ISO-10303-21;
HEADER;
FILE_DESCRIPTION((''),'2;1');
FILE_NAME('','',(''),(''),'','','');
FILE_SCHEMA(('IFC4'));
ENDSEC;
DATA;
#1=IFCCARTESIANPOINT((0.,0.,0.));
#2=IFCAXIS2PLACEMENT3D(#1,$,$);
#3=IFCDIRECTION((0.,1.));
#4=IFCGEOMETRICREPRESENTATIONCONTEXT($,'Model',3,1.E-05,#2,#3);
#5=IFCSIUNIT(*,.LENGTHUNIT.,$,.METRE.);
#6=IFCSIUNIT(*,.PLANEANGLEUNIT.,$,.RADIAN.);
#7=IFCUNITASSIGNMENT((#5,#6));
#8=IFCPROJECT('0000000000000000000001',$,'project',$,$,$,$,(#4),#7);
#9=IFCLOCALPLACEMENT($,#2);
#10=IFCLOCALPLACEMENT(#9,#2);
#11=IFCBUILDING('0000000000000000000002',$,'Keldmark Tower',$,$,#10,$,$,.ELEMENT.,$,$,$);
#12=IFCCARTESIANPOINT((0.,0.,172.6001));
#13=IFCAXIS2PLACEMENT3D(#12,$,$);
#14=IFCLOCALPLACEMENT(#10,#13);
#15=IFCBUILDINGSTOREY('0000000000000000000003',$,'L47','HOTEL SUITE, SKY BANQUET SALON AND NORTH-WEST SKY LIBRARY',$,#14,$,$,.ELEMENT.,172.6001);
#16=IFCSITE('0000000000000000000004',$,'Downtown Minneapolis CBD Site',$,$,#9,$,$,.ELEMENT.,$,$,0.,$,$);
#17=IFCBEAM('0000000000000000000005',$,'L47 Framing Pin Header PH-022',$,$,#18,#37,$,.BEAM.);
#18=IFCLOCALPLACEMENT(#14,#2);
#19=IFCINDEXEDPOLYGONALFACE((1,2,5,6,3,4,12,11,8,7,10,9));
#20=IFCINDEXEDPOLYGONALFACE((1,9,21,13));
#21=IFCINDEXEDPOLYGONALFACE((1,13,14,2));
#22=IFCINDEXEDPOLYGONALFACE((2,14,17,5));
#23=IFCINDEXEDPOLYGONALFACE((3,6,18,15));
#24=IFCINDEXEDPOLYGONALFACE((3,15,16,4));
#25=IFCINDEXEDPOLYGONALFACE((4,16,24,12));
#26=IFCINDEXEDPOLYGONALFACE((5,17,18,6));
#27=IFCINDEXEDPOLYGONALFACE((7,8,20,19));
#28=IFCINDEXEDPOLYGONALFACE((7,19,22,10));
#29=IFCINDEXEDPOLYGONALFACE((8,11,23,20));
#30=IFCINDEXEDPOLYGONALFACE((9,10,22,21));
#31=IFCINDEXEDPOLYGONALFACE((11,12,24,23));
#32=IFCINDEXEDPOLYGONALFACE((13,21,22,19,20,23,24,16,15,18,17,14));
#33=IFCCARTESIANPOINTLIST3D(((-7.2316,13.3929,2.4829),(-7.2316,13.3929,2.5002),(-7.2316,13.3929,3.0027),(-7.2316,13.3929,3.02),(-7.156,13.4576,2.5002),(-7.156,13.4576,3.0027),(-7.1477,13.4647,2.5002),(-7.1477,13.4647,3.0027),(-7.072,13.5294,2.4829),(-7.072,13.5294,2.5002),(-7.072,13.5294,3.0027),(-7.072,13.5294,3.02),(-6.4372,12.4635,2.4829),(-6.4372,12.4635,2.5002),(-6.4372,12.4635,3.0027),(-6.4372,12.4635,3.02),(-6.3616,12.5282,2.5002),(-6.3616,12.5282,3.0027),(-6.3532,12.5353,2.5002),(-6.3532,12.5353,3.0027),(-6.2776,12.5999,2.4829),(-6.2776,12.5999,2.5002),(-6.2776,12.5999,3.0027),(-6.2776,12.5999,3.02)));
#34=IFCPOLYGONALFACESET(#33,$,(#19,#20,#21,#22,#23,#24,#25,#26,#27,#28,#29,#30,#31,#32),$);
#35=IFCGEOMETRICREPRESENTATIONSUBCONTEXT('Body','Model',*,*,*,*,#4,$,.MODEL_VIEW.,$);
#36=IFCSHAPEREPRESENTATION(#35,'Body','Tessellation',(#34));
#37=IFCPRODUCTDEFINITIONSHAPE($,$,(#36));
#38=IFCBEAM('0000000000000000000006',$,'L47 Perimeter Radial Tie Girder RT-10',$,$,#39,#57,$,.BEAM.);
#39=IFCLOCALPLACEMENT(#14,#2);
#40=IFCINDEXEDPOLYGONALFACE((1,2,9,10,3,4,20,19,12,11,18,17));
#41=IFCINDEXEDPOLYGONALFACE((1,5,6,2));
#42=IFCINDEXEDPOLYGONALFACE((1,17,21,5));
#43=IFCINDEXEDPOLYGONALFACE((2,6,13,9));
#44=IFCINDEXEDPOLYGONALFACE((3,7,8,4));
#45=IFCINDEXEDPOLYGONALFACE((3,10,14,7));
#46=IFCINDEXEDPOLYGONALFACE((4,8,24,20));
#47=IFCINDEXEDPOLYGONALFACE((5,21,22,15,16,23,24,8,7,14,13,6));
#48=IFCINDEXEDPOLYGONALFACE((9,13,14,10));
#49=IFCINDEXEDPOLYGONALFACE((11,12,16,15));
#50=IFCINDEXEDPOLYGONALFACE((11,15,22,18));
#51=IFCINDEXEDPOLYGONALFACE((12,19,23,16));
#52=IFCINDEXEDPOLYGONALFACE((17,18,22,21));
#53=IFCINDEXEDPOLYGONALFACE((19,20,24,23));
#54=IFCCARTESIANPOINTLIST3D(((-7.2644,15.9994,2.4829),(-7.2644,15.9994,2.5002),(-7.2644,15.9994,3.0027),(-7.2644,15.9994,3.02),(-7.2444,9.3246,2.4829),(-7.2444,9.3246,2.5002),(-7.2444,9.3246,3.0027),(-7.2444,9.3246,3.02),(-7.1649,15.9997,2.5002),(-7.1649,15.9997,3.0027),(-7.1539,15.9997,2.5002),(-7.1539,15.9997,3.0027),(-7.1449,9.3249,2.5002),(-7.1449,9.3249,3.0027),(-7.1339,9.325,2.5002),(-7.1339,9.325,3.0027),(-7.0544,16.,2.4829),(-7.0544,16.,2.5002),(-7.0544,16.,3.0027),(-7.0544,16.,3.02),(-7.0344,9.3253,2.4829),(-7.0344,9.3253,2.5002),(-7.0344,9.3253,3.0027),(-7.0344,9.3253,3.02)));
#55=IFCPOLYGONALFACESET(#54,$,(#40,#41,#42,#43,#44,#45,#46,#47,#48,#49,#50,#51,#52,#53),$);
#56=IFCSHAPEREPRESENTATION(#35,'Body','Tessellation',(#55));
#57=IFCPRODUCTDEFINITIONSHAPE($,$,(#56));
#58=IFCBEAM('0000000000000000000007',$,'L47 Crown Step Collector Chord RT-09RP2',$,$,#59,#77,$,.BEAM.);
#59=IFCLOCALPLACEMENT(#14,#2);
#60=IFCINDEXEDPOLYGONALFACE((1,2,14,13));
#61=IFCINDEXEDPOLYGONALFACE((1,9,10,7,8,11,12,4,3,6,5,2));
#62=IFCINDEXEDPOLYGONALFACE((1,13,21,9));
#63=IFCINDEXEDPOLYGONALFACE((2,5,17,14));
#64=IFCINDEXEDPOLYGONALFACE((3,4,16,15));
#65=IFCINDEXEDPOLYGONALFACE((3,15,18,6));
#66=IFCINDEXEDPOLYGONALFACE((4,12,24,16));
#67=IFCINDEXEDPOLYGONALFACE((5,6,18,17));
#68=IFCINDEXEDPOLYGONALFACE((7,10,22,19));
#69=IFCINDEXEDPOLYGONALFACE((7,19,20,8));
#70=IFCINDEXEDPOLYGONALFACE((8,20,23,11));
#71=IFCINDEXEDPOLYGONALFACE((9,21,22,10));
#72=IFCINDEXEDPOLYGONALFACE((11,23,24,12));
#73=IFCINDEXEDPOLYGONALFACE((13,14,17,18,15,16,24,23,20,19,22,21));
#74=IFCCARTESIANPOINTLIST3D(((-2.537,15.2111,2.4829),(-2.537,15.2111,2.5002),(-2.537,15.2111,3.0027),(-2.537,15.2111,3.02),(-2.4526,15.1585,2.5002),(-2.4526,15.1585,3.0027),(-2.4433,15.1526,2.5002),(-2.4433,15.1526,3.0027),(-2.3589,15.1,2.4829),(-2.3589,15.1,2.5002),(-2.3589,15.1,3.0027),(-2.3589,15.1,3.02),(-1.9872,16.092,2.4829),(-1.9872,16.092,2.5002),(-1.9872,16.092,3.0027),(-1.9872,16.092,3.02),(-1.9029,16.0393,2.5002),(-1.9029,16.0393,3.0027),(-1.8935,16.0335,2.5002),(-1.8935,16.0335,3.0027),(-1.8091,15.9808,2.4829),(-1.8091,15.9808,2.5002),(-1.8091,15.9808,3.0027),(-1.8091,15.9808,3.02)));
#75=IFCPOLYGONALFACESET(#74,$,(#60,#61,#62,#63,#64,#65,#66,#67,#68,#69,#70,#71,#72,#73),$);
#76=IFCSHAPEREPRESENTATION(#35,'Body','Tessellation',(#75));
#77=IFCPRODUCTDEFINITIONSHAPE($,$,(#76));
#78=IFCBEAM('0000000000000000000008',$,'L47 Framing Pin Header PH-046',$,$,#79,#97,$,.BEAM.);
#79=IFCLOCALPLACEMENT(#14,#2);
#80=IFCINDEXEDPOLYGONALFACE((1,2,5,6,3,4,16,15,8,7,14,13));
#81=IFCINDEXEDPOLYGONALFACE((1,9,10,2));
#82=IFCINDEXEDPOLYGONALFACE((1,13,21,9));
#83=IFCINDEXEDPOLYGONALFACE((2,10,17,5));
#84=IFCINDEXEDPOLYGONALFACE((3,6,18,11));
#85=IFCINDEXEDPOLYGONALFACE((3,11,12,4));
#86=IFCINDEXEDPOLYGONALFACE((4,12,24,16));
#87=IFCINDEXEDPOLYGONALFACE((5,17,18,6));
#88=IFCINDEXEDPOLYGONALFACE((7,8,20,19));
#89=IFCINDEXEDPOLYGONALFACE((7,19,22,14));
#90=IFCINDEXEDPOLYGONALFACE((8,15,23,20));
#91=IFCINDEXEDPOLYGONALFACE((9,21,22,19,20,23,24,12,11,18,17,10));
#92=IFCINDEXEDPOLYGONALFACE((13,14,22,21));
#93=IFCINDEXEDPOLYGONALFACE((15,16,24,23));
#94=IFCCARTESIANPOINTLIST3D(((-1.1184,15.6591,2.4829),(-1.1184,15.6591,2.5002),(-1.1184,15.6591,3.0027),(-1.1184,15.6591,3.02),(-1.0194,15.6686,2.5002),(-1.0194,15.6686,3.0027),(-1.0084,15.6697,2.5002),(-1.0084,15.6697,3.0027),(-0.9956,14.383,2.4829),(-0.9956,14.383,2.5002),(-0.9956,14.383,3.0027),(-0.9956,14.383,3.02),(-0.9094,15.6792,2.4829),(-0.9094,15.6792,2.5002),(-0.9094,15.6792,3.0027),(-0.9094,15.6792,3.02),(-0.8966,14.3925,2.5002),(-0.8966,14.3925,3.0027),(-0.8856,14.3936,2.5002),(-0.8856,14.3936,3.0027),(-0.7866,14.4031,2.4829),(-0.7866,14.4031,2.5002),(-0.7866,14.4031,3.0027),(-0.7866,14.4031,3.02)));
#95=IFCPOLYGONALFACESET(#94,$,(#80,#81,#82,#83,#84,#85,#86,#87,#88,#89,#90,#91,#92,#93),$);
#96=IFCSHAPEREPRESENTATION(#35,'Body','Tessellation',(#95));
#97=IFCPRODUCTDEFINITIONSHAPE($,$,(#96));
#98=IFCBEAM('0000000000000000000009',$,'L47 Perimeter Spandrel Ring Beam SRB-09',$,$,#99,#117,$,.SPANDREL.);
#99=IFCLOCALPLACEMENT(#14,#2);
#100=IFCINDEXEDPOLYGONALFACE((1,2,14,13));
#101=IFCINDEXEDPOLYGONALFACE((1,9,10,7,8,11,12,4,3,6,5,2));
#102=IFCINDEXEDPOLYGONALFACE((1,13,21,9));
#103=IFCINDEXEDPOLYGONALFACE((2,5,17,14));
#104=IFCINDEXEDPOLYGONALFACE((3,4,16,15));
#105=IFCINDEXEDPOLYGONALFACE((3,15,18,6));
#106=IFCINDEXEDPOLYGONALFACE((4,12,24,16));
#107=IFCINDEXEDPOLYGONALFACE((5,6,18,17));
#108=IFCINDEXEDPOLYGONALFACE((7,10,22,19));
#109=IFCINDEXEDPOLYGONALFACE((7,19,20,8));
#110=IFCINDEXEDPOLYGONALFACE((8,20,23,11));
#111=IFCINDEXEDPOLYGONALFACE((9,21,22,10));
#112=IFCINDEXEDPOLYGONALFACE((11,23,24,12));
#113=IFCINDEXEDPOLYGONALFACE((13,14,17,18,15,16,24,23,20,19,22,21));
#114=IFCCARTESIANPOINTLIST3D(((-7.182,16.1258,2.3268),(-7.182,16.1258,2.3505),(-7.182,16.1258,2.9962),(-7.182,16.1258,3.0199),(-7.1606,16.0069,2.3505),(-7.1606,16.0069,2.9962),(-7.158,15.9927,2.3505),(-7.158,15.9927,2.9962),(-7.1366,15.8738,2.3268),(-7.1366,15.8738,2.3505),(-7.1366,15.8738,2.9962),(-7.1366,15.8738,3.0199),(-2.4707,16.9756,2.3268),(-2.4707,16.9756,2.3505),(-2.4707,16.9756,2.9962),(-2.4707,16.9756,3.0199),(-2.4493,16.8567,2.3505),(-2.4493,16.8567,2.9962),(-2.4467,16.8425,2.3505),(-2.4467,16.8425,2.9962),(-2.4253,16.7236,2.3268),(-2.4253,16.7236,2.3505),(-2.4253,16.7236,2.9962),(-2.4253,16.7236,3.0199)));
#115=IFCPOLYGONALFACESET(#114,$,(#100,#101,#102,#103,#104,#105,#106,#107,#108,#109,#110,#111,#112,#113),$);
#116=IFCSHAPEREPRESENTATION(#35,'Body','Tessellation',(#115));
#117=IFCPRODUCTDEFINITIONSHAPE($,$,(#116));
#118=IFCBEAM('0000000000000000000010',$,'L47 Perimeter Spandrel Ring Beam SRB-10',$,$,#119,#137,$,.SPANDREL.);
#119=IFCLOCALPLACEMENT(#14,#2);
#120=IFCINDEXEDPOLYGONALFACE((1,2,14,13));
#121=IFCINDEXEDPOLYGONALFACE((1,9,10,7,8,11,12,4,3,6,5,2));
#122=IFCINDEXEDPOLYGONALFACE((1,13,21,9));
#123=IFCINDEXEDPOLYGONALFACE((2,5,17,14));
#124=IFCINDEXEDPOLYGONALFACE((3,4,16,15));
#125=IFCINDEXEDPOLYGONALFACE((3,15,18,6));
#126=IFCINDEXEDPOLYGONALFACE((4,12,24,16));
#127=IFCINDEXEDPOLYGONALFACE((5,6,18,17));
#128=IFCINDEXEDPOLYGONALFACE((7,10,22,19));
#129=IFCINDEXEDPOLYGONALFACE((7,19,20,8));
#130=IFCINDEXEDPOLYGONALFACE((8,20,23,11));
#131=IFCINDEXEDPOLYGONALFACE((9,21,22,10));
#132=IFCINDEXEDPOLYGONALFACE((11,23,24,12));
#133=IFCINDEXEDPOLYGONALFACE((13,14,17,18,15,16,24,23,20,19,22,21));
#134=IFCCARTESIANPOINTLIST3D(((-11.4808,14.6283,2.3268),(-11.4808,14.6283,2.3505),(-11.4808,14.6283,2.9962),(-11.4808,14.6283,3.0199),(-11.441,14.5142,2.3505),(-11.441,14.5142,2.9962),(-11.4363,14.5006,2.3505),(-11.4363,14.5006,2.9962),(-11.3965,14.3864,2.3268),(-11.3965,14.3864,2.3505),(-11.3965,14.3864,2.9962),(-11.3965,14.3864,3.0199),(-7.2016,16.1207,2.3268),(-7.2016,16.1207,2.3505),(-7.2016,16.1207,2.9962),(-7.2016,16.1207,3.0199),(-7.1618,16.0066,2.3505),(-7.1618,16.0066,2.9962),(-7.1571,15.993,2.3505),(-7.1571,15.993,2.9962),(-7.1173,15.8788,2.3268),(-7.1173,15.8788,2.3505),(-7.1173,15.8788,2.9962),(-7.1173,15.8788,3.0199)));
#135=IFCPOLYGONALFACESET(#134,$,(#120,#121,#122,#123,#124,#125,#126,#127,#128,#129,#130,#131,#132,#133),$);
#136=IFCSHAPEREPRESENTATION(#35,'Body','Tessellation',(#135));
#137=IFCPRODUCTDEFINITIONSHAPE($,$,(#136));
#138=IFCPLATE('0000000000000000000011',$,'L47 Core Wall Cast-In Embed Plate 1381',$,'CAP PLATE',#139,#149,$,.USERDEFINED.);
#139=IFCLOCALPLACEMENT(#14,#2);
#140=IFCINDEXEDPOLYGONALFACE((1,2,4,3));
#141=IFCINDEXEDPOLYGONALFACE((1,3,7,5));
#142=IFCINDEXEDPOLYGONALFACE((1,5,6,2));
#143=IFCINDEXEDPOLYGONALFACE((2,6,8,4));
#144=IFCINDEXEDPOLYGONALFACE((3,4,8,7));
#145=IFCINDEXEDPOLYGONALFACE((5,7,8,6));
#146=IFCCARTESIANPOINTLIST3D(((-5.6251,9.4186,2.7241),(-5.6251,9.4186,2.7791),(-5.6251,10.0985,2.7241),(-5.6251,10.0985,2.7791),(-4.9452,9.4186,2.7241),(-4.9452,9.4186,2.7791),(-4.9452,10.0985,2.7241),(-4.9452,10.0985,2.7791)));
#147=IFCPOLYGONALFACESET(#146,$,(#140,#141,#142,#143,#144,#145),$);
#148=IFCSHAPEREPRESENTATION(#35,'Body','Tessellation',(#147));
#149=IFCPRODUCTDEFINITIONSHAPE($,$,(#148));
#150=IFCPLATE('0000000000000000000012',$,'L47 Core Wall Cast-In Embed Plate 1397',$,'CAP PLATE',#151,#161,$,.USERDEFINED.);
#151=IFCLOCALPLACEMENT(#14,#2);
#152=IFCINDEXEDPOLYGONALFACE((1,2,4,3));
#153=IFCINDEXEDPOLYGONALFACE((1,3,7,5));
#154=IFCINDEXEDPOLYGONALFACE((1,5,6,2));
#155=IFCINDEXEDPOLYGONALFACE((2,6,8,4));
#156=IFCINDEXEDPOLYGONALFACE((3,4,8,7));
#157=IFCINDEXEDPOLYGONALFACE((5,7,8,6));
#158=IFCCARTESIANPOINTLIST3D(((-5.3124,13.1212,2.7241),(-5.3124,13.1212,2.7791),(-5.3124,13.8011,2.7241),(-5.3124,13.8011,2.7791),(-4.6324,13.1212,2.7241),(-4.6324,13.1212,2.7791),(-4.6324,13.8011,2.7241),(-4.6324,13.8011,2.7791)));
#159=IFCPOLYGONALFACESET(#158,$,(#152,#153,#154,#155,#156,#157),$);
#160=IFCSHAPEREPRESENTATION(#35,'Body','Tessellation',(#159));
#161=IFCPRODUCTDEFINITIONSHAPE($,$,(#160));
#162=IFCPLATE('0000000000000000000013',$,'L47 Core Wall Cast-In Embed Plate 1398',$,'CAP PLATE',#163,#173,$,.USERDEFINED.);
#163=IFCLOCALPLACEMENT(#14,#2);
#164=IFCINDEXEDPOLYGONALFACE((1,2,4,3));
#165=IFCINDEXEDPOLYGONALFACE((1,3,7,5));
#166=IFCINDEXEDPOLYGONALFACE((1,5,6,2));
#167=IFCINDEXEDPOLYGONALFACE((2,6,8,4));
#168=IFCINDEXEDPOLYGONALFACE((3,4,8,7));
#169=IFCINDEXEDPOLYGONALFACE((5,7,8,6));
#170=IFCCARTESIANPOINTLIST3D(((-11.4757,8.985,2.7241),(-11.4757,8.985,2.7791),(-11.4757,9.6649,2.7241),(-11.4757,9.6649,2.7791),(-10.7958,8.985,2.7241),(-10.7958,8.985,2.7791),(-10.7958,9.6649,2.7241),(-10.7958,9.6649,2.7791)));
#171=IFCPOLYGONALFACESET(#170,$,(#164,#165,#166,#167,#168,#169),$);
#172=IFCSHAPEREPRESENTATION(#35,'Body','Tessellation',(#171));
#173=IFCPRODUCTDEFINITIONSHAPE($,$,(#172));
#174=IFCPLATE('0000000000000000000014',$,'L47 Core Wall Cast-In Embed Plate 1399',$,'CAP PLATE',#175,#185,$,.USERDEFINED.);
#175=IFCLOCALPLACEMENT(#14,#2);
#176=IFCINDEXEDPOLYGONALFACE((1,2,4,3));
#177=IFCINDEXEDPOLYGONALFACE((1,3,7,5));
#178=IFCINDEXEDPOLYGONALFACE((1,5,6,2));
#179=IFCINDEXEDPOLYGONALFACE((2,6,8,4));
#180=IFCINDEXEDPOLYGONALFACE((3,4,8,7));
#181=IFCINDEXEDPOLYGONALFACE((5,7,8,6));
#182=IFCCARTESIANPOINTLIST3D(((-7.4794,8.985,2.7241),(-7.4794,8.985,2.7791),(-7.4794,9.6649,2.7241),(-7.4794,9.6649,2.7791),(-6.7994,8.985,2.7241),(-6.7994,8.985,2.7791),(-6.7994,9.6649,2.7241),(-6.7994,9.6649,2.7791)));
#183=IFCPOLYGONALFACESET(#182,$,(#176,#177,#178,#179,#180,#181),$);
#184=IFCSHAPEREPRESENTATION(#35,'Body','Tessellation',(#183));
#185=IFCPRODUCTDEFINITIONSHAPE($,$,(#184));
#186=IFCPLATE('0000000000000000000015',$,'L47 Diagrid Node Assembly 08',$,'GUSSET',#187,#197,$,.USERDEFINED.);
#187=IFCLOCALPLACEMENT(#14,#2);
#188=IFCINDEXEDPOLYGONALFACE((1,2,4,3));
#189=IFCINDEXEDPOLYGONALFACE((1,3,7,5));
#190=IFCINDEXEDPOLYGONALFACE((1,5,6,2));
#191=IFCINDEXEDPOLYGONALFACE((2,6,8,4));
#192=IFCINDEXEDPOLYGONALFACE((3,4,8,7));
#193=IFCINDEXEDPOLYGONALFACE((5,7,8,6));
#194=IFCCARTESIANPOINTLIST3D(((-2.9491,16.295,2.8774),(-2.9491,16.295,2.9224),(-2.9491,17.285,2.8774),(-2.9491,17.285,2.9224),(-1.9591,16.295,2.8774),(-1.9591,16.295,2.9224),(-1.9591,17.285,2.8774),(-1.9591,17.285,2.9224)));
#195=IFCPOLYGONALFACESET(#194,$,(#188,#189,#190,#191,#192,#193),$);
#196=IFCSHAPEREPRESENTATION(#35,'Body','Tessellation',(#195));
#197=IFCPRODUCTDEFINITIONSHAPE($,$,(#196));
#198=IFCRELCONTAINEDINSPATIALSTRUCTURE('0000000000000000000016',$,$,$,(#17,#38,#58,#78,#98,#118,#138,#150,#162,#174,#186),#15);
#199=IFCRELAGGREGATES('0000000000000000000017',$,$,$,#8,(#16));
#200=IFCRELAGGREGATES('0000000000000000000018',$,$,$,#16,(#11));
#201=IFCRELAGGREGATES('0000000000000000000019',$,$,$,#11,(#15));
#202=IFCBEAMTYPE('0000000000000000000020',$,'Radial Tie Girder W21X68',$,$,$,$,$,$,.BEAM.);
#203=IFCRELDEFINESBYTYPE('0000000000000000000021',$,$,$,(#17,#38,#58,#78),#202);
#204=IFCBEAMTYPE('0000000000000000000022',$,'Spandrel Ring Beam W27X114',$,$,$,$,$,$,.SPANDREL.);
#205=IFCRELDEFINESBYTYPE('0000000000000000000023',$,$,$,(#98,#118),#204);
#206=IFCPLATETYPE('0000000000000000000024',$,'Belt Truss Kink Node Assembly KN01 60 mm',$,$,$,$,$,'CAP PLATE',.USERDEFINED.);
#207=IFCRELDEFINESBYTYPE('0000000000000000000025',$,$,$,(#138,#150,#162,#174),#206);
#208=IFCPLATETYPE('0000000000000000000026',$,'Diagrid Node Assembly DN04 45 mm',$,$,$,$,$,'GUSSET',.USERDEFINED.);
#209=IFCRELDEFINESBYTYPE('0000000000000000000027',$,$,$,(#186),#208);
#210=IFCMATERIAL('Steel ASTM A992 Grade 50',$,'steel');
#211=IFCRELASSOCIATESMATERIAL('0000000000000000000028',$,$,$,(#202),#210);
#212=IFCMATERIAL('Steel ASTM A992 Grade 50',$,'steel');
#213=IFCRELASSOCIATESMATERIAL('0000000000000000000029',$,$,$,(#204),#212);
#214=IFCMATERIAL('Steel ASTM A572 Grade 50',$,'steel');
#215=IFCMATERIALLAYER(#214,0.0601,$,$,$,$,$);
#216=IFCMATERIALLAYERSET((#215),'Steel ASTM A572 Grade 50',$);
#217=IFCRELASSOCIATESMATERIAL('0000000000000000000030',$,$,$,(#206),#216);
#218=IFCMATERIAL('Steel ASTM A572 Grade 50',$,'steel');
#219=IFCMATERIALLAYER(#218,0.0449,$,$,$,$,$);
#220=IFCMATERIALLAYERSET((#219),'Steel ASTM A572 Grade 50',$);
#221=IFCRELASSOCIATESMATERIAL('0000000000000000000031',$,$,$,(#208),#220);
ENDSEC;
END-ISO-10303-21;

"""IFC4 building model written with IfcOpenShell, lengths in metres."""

from ifc_helpers import new_model, si_unit, direction, frame, origin, origin_2d, place, context, subcontext, project, spatial, rectangle, i_section, extrude, material, layer, layer_set, material_profile, profile_set, type_object, element, save


model = new_model("IFC4")

# Units and contexts
model_context = context("Model", 3, precision=1e-05, world=origin(), true_north=direction((0.0, 1.0)))
body_context = subcontext(model_context, "Body", "Model", "MODEL_VIEW")
ifc_project = project(units=[si_unit("LENGTHUNIT", "METRE"), si_unit("PLANEANGLEUNIT", "RADIAN")], contexts=[model_context])

# Site, building, storey
site_placement = place(None, origin())
site = spatial("IfcSite", under=ifc_project, at=site_placement, Name="Downtown Minneapolis CBD Site", CompositionType="ELEMENT", RefElevation=0.0)
building_placement = place(site_placement, origin())
building = spatial("IfcBuilding", under=site, at=building_placement, Name="Keldmark Tower", CompositionType="ELEMENT")
storey_placement = place(building_placement, frame((0.0, 0.0, 172.6001)))
storey = spatial("IfcBuildingStorey", under=building, at=storey_placement, Name="L47", Description="HOTEL SUITE, SKY BANQUET SALON AND NORTH-WEST SKY LIBRARY", CompositionType="ELEMENT", Elevation=172.6001)

# Beams
ifc_material_1 = material(Name="Steel ASTM A992 Grade 50", Category="steel")
ifc_material_profile_1 = material_profile(ifc_material_1, i_section(OverallWidth=0.21, OverallDepth=0.5371, WebThickness=0.011, FlangeThickness=0.0173, at=origin_2d()), Name="W21X68")
ifc_profile_set_1 = profile_set([ifc_material_profile_1], Name="Steel ASTM A992 Grade 50")
beam_type_1 = type_object("IfcBeamType", Name="Radial Tie Girder W21X68", PredefinedType="BEAM", material=ifc_profile_set_1)
beam_1_placement = place(storey_placement, frame((-6.3574, 12.5317, 2.7515), z_axis=(-0.649738, 0.760158, 0.0), x_axis=(-0.760158, -0.649738, 0.0)))
element("IfcBeam", 1, at=beam_1_placement, inside=storey, type_object=beam_type_1, Name="L47 Framing Pin Header PH-022", PredefinedType="BEAM", context=body_context, shape_type="SweptSolid", body=[
    extrude(i_section(OverallWidth=0.21, OverallDepth=0.5371, WebThickness=0.011, FlangeThickness=0.0173, at=origin_2d()), origin(), (0.0, 0.0, 1.0), 1.2227),
])
beam_2_placement = place(storey_placement, frame((-7.1394, 9.325, 2.7515), z_axis=(-0.002999, 0.999996, 0.0), x_axis=(-0.999996, -0.002999, 0.0)))
element("IfcBeam", 2, at=beam_2_placement, inside=storey, type_object=beam_type_1, Name="L47 Perimeter Radial Tie Girder RT-10", PredefinedType="BEAM", context=body_context, shape_type="SweptSolid", body=[
    extrude(i_section(OverallWidth=0.21, OverallDepth=0.5371, WebThickness=0.011, FlangeThickness=0.0173, at=origin_2d()), origin(), (0.0, 0.0, 1.0), 6.6748),
])
beam_3_placement = place(storey_placement, frame((-1.8982, 16.0364, 2.7515), z_axis=(-0.529492, -0.848315, 0.0), x_axis=(0.848315, -0.529492, 0.0)))
element("IfcBeam", 3, at=beam_3_placement, inside=storey, type_object=beam_type_1, Name="L47 Crown Step Collector Chord RT-09RP2", PredefinedType="BEAM", context=body_context, shape_type="SweptSolid", body=[
    extrude(i_section(OverallWidth=0.21, OverallDepth=0.5371, WebThickness=0.011, FlangeThickness=0.0173, at=origin_2d()), origin(), (0.0, 0.0, 1.0), 1.0383),
])
beam_4_placement = place(storey_placement, frame((-0.8911, 14.3931, 2.7515), z_axis=(-0.095789, 0.995402, 0.0), x_axis=(-0.995402, -0.095789, 0.0)))
element("IfcBeam", 4, at=beam_4_placement, inside=storey, type_object=beam_type_1, Name="L47 Framing Pin Header PH-046", PredefinedType="BEAM", context=body_context, shape_type="SweptSolid", body=[
    extrude(i_section(OverallWidth=0.21, OverallDepth=0.5371, WebThickness=0.011, FlangeThickness=0.0173, at=origin_2d()), origin(), (0.0, 0.0, 1.0), 1.282),
])
ifc_material_2 = material(Name="Steel ASTM A992 Grade 50", Category="steel")
ifc_material_profile_2 = material_profile(ifc_material_2, i_section(OverallWidth=0.2561, OverallDepth=0.6931, WebThickness=0.0144, FlangeThickness=0.0237, at=origin_2d()), Name="W27X114")
ifc_profile_set_2 = profile_set([ifc_material_profile_2], Name="Steel ASTM A992 Grade 50")
beam_type_2 = type_object("IfcBeamType", Name="Spandrel Ring Beam W27X114", PredefinedType="SPANDREL", material=ifc_profile_set_2)
beam_5_placement = place(storey_placement, frame((-2.448, 16.8496, 2.6733), z_axis=(-0.984118, -0.177517, 0.0), x_axis=(0.177517, -0.984118, 0.0)))
element("IfcBeam", 5, at=beam_5_placement, inside=storey, type_object=beam_type_2, Name="L47 Perimeter Spandrel Ring Beam SRB-09", PredefinedType="SPANDREL", context=body_context, shape_type="SweptSolid", body=[
    extrude(i_section(OverallWidth=0.2561, OverallDepth=0.6931, WebThickness=0.0144, FlangeThickness=0.0237, at=origin_2d()), origin(), (0.0, 0.0, 1.0), 4.7874),
])
beam_6_placement = place(storey_placement, frame((-7.1594, 15.9998, 2.6733), z_axis=(-0.944224, -0.329304, 0.0), x_axis=(0.329304, -0.944224, 0.0)))
element("IfcBeam", 6, at=beam_6_placement, inside=storey, type_object=beam_type_2, Name="L47 Perimeter Spandrel Ring Beam SRB-10", PredefinedType="SPANDREL", context=body_context, shape_type="SweptSolid", body=[
    extrude(i_section(OverallWidth=0.2561, OverallDepth=0.6931, WebThickness=0.0144, FlangeThickness=0.0237, at=origin_2d()), origin(), (0.0, 0.0, 1.0), 4.532),
])

# Plates
ifc_material_3 = material(Name="Steel ASTM A572 Grade 50", Category="steel")
ifc_layer_1 = layer(ifc_material_3, 0.0601)
ifc_layer_set_1 = layer_set([ifc_layer_1], Name="Steel ASTM A572 Grade 50")
plate_type_1 = type_object("IfcPlateType", Name="Belt Truss Kink Node Assembly KN01 60 mm", ElementType="CAP PLATE", PredefinedType="USERDEFINED", material=ifc_layer_set_1)
for number, where, z_axis, x_axis, name in (
    (7, (-5.2852, 9.7585, 2.7241), (0.0, 0.0, 1.0), (1.0, 0.0, 0.0), "L47 Core Wall Cast-In Embed Plate 1381"),
    (8, (-4.9724, 13.4612, 2.7241), (0.0, 0.0, 1.0), (1.0, 0.0, 0.0), "L47 Core Wall Cast-In Embed Plate 1397"),
    (9, (-11.1357, 9.325, 2.7241), (0.0, 0.0, 1.0), (1.0, 0.0, 0.0), "L47 Core Wall Cast-In Embed Plate 1398"),
    (10, (-7.1394, 9.325, 2.7241), (0.0, 0.0, 1.0), (1.0, 0.0, 0.0), "L47 Core Wall Cast-In Embed Plate 1399"),
):
    element("IfcPlate", number, at=place(storey_placement, frame(where, z_axis=z_axis, x_axis=x_axis)), inside=storey, type_object=plate_type_1, Name=name, ObjectType="CAP PLATE", PredefinedType="USERDEFINED", context=body_context, shape_type="SweptSolid", body=[
        extrude(rectangle(XDim=0.6799, YDim=0.6799, at=origin_2d()), origin(), (0.0, 0.0, 1.0), 0.0549),
    ])
ifc_material_4 = material(Name="Steel ASTM A572 Grade 50", Category="steel")
ifc_layer_2 = layer(ifc_material_4, 0.0449)
ifc_layer_set_2 = layer_set([ifc_layer_2], Name="Steel ASTM A572 Grade 50")
plate_type_2 = type_object("IfcPlateType", Name="Diagrid Node Assembly DN04 45 mm", ElementType="GUSSET", PredefinedType="USERDEFINED", material=ifc_layer_set_2)
for number, where, z_axis, x_axis, name in (
    (11, (-2.4541, 16.79, 2.8774), (0.0, 0.0, 1.0), (-1.0, 0.0, 0.0), "L47 Diagrid Node Assembly 08"),
):
    element("IfcPlate", number, at=place(storey_placement, frame(where, z_axis=z_axis, x_axis=x_axis)), inside=storey, type_object=plate_type_2, Name=name, ObjectType="GUSSET", PredefinedType="USERDEFINED", context=body_context, shape_type="SweptSolid", body=[
        extrude(rectangle(XDim=0.99, YDim=0.99, at=origin_2d()), origin(), (0.0, 0.0, 1.0), 0.0449),
    ])

save(model, "model.ifc")
